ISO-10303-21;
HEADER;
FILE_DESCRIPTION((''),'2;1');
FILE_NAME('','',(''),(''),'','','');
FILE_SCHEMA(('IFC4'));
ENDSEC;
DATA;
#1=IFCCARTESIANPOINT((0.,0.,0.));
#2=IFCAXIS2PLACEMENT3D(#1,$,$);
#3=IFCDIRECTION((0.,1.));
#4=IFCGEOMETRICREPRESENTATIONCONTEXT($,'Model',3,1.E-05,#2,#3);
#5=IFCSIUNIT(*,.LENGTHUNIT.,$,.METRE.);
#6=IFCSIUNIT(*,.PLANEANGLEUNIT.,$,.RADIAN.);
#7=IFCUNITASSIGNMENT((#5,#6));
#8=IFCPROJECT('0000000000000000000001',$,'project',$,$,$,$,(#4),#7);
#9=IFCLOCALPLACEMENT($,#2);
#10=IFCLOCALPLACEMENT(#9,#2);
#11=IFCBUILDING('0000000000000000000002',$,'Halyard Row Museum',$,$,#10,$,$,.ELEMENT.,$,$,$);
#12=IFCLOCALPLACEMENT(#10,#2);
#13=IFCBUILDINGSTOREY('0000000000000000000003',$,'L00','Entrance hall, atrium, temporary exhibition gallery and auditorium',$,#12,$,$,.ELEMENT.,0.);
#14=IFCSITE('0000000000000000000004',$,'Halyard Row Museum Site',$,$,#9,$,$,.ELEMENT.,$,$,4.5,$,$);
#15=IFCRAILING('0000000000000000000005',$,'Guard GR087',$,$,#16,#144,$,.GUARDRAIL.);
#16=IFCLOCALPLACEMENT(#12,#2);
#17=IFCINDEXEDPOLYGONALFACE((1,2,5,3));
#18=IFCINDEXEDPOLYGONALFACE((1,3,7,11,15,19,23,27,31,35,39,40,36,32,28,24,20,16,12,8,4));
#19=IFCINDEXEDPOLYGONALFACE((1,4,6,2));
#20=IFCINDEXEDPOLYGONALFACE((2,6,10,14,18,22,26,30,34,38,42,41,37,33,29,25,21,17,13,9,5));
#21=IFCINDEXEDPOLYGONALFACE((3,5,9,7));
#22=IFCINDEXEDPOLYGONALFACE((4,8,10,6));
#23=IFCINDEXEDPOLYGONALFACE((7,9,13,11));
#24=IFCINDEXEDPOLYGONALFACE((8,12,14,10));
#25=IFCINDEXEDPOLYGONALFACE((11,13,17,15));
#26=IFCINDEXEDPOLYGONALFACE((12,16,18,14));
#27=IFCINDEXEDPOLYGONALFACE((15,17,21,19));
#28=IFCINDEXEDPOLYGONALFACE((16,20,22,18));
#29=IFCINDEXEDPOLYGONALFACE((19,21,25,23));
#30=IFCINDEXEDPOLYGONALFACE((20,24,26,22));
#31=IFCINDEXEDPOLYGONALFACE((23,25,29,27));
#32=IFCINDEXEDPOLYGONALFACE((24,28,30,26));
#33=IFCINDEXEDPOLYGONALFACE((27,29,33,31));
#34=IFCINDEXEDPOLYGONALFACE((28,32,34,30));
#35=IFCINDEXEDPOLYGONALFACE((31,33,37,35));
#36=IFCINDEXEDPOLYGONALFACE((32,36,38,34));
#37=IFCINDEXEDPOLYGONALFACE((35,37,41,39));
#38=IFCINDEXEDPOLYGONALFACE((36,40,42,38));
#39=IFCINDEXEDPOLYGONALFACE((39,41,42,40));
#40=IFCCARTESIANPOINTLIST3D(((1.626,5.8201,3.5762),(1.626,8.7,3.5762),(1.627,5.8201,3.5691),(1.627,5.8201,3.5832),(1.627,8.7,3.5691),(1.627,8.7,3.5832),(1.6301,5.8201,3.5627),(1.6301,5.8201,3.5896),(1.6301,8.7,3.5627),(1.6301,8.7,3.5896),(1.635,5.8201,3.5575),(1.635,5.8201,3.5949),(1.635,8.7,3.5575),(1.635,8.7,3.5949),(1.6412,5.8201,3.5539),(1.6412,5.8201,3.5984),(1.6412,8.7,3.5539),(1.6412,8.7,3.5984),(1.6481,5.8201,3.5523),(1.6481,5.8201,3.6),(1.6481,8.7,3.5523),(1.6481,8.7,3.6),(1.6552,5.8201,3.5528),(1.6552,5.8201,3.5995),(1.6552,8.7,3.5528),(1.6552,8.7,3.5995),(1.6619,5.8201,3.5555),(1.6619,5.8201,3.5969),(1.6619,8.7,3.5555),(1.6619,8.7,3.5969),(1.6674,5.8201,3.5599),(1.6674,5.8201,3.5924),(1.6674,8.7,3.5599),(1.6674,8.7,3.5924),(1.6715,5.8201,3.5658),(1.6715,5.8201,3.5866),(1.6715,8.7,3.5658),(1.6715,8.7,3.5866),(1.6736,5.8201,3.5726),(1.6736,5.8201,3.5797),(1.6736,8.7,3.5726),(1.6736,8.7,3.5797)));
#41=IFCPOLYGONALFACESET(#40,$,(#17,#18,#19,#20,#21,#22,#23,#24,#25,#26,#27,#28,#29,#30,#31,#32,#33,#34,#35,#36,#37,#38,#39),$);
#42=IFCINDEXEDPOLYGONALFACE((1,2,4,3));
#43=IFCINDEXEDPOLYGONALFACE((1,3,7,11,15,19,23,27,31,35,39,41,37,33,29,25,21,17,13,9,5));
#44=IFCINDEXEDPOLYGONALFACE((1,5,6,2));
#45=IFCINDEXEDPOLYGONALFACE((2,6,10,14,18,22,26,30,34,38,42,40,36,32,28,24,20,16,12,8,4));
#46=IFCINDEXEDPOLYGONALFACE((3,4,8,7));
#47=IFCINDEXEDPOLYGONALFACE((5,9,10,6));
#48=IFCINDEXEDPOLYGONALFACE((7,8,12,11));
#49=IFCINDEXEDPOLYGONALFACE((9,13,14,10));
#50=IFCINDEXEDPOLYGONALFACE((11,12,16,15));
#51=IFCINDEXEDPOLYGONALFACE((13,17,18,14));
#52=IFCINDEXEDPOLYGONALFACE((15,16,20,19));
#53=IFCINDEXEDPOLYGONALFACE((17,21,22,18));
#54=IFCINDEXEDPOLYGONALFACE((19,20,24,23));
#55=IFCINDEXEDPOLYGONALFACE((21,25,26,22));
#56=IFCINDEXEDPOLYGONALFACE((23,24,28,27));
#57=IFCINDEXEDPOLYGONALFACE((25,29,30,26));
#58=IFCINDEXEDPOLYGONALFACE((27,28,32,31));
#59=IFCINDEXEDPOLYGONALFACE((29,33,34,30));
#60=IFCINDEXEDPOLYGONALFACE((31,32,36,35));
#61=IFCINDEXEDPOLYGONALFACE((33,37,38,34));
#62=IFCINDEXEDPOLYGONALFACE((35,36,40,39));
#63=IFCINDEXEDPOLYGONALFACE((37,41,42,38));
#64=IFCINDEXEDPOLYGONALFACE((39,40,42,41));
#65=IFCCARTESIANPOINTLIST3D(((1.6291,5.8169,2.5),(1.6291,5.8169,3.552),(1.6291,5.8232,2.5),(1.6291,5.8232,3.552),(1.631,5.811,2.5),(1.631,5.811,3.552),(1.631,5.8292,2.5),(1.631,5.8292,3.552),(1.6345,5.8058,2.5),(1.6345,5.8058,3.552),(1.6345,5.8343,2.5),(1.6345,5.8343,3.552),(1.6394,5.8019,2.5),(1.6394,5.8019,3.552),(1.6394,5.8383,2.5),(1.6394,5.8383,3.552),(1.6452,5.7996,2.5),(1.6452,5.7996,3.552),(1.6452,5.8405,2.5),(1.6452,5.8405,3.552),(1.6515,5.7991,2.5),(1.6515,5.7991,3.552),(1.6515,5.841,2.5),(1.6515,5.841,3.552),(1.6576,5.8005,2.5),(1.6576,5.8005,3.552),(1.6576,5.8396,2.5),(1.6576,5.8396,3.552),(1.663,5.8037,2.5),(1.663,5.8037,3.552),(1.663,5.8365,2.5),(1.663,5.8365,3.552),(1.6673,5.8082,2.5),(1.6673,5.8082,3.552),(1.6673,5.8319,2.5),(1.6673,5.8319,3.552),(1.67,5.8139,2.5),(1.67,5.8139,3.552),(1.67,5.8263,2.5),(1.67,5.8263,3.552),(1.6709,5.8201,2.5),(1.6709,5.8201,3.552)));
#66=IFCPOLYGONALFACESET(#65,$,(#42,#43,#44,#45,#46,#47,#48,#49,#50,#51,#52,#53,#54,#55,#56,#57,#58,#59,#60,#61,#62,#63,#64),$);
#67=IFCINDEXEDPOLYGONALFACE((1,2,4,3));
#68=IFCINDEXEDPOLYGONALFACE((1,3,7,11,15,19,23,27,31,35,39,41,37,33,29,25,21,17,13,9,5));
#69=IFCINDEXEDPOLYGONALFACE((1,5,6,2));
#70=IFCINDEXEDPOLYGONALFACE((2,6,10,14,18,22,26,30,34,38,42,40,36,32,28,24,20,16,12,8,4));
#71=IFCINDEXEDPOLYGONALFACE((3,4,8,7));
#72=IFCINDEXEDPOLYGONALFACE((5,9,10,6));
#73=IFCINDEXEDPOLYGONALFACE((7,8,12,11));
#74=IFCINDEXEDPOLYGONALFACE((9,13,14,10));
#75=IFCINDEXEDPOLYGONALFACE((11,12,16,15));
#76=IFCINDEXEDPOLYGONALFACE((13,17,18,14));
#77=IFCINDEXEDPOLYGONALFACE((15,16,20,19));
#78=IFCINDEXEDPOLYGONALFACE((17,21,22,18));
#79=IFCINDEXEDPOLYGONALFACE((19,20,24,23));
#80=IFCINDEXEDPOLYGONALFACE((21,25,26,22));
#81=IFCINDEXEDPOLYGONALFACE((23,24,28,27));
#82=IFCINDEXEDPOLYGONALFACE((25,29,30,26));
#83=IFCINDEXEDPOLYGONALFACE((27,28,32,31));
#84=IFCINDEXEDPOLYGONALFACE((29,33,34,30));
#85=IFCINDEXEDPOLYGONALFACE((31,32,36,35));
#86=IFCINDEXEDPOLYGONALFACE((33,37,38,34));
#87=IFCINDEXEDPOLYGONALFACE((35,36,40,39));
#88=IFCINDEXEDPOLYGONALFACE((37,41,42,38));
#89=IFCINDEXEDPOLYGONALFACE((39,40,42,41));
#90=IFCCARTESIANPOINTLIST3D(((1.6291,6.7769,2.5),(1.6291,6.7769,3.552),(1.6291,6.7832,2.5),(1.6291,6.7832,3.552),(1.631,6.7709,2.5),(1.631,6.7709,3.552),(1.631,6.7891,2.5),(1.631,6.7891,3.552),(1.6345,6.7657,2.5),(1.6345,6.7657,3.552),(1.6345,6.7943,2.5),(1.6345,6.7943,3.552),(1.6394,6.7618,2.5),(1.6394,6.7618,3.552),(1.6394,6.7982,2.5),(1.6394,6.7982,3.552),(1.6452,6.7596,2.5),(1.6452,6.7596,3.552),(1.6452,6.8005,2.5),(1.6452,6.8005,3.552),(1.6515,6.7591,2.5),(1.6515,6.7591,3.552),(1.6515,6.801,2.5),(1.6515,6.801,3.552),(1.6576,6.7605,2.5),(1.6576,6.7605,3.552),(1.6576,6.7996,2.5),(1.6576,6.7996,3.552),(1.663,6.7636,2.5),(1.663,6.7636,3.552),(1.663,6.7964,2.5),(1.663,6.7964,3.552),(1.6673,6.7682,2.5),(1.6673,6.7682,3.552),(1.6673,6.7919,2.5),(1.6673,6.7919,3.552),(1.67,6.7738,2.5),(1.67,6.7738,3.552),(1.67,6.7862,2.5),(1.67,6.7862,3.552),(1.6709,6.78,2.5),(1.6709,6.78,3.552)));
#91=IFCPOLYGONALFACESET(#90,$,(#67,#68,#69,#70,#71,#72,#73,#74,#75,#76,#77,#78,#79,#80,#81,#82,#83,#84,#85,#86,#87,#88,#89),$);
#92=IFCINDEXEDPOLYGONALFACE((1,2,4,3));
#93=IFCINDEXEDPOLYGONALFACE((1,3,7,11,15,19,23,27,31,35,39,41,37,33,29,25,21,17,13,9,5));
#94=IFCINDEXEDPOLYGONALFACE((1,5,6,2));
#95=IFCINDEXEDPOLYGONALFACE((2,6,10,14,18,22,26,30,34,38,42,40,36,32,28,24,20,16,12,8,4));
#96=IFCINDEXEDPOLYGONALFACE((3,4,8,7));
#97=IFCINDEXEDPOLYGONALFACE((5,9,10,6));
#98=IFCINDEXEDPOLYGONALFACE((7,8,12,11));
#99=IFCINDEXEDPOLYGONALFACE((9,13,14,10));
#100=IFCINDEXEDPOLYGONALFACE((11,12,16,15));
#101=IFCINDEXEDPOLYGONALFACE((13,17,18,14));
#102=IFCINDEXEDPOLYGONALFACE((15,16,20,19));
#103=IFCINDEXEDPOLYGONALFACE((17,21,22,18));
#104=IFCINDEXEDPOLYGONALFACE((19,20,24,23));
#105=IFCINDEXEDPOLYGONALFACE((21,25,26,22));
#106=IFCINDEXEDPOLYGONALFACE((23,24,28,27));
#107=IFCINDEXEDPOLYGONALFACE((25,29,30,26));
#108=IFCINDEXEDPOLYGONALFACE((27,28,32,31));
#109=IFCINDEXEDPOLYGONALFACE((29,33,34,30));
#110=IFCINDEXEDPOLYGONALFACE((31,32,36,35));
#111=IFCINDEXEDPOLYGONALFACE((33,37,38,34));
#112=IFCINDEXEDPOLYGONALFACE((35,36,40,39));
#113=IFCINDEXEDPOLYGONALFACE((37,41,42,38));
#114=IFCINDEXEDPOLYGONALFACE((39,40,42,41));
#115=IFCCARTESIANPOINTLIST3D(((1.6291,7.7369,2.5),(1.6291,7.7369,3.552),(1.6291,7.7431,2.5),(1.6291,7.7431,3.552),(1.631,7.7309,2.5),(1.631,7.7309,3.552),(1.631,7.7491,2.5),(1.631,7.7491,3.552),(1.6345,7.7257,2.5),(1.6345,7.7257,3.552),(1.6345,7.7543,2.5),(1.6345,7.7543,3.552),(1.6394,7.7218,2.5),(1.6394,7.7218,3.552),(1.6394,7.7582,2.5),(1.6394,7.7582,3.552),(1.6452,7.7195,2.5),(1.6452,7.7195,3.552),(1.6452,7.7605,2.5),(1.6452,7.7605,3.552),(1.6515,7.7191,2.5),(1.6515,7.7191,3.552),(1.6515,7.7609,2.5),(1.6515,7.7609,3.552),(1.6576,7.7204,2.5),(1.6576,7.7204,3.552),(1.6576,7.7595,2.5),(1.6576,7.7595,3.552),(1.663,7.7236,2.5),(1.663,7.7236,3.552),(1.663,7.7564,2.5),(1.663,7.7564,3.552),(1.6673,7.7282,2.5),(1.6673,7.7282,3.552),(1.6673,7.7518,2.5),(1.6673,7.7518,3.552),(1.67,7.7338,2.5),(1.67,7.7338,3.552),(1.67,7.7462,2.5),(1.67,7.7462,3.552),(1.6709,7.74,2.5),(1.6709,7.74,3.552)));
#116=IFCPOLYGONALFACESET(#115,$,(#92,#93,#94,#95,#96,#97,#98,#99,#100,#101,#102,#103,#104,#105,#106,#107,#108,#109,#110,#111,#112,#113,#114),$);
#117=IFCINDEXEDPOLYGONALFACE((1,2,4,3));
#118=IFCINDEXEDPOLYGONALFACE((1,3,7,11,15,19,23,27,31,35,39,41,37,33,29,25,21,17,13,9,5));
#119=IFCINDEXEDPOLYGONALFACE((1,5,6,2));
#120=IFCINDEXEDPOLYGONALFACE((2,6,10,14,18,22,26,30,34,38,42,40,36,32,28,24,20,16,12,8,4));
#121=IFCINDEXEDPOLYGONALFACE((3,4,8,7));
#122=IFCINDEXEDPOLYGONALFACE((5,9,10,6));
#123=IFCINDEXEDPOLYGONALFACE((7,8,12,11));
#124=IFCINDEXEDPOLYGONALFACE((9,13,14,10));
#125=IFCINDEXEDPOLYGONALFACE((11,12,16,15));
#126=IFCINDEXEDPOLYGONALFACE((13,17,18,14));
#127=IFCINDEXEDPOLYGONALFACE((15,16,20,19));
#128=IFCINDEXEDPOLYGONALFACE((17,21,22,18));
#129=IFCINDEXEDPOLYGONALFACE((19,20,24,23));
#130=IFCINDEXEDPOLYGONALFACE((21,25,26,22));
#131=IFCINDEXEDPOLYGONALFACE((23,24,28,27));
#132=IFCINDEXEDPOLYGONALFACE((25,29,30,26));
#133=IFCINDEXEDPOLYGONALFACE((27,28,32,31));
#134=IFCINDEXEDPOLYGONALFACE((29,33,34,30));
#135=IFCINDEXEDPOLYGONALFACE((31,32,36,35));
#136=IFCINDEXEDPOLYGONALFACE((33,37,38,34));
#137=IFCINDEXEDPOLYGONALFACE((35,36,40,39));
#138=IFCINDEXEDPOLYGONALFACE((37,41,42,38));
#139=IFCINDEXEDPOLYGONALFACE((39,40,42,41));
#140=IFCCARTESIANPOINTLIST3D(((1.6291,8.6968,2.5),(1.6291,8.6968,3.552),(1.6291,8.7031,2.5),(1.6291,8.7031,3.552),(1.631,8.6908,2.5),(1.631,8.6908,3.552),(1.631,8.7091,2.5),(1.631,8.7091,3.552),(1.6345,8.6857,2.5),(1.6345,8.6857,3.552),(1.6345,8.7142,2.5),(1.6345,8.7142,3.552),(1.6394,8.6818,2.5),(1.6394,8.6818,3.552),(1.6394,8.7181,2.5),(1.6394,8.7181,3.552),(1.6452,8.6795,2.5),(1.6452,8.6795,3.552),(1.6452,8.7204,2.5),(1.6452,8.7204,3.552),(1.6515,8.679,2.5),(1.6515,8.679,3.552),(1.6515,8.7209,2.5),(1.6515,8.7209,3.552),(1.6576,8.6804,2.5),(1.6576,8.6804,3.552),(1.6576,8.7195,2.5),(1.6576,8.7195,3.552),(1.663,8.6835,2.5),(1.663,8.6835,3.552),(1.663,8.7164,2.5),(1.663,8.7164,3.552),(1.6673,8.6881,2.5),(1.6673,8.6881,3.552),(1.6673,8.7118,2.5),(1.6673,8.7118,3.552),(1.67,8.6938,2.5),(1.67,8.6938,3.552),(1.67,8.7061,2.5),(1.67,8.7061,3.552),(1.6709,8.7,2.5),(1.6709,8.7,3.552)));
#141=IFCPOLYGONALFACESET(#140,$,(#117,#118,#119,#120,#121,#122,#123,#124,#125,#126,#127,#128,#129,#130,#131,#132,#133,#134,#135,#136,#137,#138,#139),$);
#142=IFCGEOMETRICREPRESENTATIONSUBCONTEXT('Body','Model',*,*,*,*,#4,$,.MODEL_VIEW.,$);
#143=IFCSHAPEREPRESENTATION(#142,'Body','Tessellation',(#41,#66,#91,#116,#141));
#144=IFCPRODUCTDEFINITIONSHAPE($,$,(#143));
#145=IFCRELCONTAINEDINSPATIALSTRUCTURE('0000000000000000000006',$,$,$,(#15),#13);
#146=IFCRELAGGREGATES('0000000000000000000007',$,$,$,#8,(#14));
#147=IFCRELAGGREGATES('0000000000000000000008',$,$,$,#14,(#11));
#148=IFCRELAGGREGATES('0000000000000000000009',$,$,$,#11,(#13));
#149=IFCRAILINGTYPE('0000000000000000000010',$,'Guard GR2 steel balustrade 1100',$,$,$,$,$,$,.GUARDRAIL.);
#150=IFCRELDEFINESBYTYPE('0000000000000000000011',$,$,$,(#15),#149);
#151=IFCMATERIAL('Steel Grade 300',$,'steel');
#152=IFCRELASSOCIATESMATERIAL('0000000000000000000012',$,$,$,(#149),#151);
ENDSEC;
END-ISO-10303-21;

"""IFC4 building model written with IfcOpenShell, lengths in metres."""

from ifc_helpers import new_model, si_unit, direction, frame, origin, origin_2d, place, context, subcontext, project, spatial, circle, extrude, material, type_object, element, save


model = new_model("IFC4")

# Units and contexts
model_context = context("Model", 3, precision=1e-05, world=origin(), true_north=direction((0.0, 1.0)))
body_context = subcontext(model_context, "Body", "Model", "MODEL_VIEW")
ifc_project = project(units=[si_unit("LENGTHUNIT", "METRE"), si_unit("PLANEANGLEUNIT", "RADIAN")], contexts=[model_context])

# Site, building, storey
site_placement = place(None, origin())
site = spatial("IfcSite", under=ifc_project, at=site_placement, Name="Halyard Row Museum Site", CompositionType="ELEMENT", RefElevation=4.5)
building_placement = place(site_placement, origin())
building = spatial("IfcBuilding", under=site, at=building_placement, Name="Halyard Row Museum", CompositionType="ELEMENT")
storey_placement = place(building_placement, origin())
storey = spatial("IfcBuildingStorey", under=building, at=storey_placement, Name="L00", Description="Entrance hall, atrium, temporary exhibition gallery and auditorium", CompositionType="ELEMENT", Elevation=0.0)

# Railing
ifc_material_1 = material(Name="Steel Grade 300", Category="steel")
railing_type_1 = type_object("IfcRailingType", Name="Guard GR2 steel balustrade 1100", PredefinedType="GUARDRAIL", material=ifc_material_1)
railing_1_placement = place(storey_placement, frame((1.6499, 5.8201, 2.5)))
element("IfcRailing", 1, at=railing_1_placement, inside=storey, type_object=railing_type_1, Name="Guard GR087", PredefinedType="GUARDRAIL", context=body_context, shape_type="SweptSolid", body=[
    extrude(circle(Radius=0.0239, at=origin_2d()), frame((0.0, 0.0, 1.0762), z_axis=(0.0, 1.0, 0.0), x_axis=(-1.0, 0.0, 0.0)), (0.0, 0.0, 1.0), 2.8799),
    extrude(circle(Radius=0.021, at=origin_2d()), origin(), (0.0, 0.0, 1.0), 1.052),
    extrude(circle(Radius=0.021, at=origin_2d()), frame((0.0, 0.96, 0.0)), (0.0, 0.0, 1.0), 1.052),
    extrude(circle(Radius=0.021, at=origin_2d()), frame((0.0, 1.9199, 0.0)), (0.0, 0.0, 1.0), 1.052),
    extrude(circle(Radius=0.021, at=origin_2d()), frame((0.0, 2.8799, 0.0)), (0.0, 0.0, 1.0), 1.052),
])

save(model, "model.ifc")
